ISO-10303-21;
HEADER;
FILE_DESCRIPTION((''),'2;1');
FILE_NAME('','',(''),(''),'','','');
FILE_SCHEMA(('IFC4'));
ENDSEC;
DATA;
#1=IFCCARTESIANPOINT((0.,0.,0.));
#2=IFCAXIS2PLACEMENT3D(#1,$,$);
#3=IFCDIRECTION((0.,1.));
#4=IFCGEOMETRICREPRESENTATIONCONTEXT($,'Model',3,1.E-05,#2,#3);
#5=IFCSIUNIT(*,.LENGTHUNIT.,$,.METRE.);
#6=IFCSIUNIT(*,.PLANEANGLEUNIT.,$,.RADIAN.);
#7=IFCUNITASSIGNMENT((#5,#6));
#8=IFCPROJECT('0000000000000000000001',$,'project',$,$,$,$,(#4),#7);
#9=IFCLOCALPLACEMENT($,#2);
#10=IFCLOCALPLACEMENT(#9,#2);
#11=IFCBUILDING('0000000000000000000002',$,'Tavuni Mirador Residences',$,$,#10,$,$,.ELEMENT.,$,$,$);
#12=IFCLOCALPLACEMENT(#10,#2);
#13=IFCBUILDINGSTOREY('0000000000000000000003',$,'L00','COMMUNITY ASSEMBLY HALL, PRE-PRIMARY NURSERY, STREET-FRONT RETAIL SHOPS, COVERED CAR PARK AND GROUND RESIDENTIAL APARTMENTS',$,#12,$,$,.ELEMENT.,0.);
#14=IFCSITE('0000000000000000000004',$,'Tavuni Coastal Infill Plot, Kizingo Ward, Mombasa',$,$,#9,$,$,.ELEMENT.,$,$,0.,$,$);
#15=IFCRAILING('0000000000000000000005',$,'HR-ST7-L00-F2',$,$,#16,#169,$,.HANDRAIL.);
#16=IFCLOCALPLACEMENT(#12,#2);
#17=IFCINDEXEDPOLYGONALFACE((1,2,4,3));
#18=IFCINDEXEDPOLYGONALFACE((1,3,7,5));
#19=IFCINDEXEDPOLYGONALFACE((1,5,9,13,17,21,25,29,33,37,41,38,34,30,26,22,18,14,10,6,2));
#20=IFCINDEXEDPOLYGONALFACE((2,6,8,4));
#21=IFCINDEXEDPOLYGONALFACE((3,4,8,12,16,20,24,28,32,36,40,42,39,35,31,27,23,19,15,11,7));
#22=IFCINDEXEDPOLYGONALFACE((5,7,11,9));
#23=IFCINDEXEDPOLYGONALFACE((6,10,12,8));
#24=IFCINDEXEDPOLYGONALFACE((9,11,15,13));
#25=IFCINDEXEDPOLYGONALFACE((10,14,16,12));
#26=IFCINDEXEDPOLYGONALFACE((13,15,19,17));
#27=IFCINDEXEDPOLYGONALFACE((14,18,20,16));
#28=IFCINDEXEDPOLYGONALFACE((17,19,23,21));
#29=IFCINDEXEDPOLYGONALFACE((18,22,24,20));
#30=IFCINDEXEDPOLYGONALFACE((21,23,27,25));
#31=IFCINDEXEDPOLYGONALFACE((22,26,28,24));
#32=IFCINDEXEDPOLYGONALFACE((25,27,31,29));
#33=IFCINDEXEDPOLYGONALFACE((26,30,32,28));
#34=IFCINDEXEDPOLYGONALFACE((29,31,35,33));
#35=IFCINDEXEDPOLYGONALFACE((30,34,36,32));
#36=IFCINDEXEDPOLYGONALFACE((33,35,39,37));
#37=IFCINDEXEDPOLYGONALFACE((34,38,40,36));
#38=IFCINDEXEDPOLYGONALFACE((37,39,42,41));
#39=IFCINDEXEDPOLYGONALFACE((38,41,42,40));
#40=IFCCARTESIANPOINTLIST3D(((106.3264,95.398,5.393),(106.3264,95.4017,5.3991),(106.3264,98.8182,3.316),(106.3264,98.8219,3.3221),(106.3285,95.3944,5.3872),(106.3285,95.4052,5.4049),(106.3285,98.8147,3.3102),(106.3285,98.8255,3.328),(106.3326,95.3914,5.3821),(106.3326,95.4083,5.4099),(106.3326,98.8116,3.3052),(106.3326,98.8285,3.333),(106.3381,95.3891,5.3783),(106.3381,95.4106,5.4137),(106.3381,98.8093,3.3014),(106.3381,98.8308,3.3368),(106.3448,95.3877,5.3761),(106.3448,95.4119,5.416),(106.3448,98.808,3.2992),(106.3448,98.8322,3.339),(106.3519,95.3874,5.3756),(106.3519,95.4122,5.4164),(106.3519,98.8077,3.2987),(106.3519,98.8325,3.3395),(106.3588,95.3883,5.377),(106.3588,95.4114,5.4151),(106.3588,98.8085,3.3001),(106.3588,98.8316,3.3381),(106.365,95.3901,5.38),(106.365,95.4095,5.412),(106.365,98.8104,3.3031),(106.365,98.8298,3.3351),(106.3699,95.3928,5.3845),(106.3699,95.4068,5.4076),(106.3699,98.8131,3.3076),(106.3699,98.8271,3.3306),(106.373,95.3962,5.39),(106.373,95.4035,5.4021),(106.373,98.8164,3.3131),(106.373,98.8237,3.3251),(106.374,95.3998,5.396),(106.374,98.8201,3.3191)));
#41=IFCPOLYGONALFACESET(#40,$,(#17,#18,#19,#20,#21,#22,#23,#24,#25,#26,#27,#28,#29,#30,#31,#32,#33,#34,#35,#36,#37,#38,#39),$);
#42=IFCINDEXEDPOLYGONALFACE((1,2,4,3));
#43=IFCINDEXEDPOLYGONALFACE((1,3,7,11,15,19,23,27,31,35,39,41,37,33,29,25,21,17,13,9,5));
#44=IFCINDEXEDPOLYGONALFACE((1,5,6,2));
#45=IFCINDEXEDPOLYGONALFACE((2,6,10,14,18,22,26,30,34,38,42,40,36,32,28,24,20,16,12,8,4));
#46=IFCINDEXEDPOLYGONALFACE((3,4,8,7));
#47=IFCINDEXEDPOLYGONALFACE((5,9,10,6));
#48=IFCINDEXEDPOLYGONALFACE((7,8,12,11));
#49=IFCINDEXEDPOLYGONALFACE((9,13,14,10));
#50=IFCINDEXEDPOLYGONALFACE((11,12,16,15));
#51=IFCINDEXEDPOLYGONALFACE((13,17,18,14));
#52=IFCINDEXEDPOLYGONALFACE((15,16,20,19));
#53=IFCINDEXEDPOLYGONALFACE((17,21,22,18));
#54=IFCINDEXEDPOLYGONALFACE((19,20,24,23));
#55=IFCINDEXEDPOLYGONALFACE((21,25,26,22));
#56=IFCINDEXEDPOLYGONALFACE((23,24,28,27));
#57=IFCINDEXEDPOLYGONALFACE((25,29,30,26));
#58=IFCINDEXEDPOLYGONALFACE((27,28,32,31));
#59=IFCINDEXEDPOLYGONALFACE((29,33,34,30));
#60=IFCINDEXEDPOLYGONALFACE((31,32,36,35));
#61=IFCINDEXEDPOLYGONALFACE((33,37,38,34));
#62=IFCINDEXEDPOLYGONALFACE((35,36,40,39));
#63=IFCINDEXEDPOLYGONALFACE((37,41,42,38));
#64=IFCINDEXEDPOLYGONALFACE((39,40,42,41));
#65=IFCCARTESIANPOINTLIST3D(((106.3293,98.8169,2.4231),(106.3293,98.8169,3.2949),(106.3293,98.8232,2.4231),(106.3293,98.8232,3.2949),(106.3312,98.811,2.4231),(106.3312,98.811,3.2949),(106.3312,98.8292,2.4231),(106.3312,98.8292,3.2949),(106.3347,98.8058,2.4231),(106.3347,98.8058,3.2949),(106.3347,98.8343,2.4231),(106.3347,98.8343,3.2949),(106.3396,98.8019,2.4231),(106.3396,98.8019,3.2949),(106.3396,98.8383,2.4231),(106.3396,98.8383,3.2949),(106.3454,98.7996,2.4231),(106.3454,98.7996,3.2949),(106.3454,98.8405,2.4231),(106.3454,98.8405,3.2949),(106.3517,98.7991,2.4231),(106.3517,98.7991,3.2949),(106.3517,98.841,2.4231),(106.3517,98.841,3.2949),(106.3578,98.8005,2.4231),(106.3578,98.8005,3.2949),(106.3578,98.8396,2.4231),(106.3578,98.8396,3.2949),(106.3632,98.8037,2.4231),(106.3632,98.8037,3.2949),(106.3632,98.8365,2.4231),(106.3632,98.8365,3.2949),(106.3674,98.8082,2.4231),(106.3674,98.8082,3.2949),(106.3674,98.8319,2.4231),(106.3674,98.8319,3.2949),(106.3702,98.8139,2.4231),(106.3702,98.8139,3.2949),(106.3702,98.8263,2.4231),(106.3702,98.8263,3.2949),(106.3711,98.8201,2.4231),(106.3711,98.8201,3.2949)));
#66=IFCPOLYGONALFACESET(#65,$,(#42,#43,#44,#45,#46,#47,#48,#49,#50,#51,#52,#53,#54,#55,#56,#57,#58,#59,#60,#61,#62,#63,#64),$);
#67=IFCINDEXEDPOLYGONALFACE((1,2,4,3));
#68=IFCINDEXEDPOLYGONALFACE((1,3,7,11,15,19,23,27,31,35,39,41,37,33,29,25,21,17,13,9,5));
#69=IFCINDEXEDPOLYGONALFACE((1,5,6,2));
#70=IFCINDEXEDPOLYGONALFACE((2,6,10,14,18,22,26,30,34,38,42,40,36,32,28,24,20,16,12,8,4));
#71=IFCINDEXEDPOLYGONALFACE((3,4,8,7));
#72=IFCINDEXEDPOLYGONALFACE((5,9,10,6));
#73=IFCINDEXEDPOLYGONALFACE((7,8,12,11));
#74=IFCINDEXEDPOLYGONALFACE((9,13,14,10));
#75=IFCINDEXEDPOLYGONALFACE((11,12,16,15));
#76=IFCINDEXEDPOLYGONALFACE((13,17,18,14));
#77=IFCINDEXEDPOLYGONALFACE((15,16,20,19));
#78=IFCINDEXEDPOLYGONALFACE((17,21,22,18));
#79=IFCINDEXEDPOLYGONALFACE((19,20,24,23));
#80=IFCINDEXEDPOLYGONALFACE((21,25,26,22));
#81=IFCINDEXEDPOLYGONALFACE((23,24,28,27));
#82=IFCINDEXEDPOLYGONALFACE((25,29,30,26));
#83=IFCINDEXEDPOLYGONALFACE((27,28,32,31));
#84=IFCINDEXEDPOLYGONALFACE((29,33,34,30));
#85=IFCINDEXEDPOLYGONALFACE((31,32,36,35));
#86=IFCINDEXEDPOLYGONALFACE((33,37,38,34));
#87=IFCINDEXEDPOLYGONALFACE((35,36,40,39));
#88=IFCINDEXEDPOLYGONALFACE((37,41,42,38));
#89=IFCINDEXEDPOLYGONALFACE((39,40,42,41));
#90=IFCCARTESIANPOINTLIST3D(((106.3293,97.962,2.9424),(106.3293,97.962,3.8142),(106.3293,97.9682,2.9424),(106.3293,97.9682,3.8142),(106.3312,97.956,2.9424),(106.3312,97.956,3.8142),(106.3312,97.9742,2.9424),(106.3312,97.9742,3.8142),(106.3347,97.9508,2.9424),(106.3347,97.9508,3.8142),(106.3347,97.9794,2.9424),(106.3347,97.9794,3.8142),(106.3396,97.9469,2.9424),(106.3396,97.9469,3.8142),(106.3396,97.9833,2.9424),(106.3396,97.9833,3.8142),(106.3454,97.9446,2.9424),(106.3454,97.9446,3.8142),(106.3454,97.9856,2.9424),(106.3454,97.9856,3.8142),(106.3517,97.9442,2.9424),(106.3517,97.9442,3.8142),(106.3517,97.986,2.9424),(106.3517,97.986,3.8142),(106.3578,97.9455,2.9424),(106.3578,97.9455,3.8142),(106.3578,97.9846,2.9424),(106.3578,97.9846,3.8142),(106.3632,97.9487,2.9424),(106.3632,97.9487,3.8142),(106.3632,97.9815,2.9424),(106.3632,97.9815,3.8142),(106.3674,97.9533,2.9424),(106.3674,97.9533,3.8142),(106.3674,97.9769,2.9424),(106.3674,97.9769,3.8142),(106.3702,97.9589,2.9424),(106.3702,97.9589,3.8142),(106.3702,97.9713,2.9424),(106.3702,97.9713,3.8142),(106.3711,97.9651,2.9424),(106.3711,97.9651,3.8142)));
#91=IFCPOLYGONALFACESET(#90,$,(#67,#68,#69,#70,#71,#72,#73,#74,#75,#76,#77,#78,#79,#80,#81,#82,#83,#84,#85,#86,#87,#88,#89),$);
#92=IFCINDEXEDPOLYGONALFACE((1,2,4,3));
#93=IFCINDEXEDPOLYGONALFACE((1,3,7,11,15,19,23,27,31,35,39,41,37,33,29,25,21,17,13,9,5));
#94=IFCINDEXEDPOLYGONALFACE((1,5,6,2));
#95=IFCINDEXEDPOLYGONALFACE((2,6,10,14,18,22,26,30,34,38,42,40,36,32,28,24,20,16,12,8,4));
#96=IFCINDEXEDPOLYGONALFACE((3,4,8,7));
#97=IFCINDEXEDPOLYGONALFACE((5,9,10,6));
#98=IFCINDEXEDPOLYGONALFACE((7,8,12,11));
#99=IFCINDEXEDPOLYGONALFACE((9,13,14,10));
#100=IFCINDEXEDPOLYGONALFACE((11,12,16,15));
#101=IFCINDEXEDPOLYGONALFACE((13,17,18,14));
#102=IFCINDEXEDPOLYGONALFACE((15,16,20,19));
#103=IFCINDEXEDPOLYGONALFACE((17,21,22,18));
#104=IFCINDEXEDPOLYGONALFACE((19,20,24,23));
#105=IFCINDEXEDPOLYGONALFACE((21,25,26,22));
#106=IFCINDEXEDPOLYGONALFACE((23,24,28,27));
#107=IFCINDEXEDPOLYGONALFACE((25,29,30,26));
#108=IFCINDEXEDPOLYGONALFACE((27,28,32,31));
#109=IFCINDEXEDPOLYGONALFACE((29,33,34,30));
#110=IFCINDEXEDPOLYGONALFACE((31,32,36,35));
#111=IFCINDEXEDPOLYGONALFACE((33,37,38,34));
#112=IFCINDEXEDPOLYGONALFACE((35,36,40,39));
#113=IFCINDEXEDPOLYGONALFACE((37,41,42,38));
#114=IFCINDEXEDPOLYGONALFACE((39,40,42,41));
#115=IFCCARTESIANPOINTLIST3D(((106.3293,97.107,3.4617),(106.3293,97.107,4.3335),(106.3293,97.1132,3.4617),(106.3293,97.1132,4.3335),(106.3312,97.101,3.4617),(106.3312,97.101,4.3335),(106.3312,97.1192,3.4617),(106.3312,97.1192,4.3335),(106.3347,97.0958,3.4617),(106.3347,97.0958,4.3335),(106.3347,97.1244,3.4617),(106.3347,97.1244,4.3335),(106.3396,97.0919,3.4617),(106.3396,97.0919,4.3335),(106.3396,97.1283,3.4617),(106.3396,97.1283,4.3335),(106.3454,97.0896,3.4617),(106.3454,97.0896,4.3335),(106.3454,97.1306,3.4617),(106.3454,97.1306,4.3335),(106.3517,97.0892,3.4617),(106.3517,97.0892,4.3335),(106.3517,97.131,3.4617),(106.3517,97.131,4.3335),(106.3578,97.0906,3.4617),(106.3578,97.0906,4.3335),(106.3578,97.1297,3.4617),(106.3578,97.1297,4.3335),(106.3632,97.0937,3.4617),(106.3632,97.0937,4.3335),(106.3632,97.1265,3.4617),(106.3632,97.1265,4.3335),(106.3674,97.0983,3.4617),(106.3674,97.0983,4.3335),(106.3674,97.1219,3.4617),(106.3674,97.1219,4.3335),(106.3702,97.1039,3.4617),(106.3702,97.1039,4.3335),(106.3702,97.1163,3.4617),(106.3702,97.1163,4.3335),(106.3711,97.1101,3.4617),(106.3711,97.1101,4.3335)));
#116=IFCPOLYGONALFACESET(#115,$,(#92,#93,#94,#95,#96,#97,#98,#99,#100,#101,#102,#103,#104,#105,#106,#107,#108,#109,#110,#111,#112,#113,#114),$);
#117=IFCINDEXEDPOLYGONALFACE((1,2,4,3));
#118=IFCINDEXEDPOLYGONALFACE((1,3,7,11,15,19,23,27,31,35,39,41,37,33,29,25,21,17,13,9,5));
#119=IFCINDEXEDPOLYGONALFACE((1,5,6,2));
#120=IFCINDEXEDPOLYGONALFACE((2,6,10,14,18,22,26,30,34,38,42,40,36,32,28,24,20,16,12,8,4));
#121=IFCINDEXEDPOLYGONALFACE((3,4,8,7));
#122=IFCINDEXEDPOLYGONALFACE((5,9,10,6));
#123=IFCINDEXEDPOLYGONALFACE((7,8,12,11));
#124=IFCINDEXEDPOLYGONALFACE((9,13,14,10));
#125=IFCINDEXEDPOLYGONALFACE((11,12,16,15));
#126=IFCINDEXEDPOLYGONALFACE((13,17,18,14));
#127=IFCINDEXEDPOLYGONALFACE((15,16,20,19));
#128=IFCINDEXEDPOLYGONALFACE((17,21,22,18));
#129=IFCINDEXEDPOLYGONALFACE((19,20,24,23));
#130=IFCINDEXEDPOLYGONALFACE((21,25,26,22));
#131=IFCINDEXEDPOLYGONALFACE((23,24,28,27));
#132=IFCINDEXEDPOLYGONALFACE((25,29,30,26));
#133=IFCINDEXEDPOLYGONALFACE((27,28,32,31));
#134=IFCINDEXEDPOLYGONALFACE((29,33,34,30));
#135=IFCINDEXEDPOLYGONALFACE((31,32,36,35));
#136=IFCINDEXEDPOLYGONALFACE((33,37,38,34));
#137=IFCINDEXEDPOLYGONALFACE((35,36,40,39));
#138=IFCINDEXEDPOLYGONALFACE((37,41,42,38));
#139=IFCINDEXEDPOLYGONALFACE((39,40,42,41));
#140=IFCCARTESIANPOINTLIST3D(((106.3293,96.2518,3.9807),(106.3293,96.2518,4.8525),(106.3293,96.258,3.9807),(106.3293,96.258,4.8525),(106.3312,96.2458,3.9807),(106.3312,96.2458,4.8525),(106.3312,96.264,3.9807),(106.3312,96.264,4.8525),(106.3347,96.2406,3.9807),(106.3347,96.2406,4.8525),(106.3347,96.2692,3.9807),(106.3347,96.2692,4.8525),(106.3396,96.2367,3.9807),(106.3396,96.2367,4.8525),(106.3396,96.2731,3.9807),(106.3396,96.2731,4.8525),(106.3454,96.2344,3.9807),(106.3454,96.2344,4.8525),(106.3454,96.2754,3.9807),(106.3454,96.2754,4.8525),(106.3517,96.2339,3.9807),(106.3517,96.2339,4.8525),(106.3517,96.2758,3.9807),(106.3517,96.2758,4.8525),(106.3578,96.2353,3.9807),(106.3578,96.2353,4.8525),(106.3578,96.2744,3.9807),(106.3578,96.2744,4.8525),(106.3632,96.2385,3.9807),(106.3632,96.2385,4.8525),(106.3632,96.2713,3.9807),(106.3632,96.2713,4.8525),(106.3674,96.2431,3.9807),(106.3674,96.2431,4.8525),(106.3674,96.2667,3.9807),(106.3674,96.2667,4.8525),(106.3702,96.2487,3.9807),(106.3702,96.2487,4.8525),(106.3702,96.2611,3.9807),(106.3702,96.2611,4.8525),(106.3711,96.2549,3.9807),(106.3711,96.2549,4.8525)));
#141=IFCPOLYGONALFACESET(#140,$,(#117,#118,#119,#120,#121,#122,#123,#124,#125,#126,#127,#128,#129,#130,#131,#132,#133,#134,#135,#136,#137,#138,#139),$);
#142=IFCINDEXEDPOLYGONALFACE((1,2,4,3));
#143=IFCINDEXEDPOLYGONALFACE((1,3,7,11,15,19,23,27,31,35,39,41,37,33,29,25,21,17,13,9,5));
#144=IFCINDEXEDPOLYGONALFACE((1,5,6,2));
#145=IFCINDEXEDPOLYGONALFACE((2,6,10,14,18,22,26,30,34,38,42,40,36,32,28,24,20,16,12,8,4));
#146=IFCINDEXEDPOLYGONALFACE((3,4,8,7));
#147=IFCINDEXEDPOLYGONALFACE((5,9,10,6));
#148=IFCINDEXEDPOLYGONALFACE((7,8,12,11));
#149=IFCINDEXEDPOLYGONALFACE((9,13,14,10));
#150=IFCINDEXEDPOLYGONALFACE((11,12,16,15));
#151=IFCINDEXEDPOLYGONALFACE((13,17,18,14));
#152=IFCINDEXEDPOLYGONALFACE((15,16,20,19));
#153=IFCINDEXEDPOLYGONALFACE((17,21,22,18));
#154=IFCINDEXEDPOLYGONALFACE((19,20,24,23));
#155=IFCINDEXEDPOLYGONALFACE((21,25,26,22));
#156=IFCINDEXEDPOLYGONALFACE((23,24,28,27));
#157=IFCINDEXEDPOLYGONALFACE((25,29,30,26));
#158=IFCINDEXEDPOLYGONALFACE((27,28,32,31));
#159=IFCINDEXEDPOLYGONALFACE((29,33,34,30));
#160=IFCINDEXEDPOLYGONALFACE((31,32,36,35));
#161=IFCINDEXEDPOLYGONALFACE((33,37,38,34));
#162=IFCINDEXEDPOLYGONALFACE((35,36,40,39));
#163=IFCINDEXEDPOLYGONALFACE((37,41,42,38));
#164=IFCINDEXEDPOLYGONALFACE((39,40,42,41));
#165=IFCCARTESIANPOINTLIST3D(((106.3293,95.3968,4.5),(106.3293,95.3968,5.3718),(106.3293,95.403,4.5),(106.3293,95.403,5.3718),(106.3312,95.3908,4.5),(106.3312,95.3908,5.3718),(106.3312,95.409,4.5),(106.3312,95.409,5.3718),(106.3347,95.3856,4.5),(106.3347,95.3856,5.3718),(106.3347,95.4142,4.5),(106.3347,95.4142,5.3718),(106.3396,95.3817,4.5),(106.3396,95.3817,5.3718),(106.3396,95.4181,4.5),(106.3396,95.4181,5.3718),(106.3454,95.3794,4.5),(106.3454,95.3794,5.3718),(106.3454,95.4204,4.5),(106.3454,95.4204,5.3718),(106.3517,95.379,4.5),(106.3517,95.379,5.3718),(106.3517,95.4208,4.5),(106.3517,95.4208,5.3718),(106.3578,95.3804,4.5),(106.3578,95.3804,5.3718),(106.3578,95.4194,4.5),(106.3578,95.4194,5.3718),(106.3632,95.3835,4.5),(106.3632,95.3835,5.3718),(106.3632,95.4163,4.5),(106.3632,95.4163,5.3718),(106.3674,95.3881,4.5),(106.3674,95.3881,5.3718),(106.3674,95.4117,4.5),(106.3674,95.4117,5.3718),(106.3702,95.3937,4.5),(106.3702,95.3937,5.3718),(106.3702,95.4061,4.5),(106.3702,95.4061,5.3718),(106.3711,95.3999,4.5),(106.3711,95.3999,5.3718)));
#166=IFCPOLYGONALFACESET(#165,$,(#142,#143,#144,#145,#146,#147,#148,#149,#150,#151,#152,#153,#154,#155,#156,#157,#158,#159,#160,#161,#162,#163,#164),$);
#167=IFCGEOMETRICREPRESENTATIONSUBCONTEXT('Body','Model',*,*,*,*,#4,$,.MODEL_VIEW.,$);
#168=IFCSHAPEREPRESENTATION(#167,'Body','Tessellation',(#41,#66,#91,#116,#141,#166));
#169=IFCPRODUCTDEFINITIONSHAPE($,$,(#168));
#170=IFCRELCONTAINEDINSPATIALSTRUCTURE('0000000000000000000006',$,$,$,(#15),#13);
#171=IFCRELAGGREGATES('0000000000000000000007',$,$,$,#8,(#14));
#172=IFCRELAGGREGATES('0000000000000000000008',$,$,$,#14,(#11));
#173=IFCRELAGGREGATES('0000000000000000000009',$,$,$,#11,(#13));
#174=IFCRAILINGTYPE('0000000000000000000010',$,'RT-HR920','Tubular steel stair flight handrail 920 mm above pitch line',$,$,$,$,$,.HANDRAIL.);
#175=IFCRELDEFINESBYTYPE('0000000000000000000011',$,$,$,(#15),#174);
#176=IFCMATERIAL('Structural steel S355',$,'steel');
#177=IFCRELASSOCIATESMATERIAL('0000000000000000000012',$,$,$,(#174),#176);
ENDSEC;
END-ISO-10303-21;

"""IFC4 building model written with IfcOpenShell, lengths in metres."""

from ifc_helpers import new_model, si_unit, direction, frame, origin, origin_2d, place, context, subcontext, project, spatial, circle, extrude, material, type_object, element, save


model = new_model("IFC4")

# Units and contexts
model_context = context("Model", 3, precision=1e-05, world=origin(), true_north=direction((0.0, 1.0)))
body_context = subcontext(model_context, "Body", "Model", "MODEL_VIEW")
ifc_project = project(units=[si_unit("LENGTHUNIT", "METRE"), si_unit("PLANEANGLEUNIT", "RADIAN")], contexts=[model_context])

# Site, building, storey
site_placement = place(None, origin())
site = spatial("IfcSite", under=ifc_project, at=site_placement, Name="Tavuni Coastal Infill Plot, Kizingo Ward, Mombasa", CompositionType="ELEMENT", RefElevation=0.0)
building_placement = place(site_placement, origin())
building = spatial("IfcBuilding", under=site, at=building_placement, Name="Tavuni Mirador Residences", CompositionType="ELEMENT")
storey_placement = place(building_placement, origin())
storey = spatial("IfcBuildingStorey", under=building, at=storey_placement, Name="L00", Description="COMMUNITY ASSEMBLY HALL, PRE-PRIMARY NURSERY, STREET-FRONT RETAIL SHOPS, COVERED CAR PARK AND GROUND RESIDENTIAL APARTMENTS", CompositionType="ELEMENT", Elevation=0.0)

# Shared definitions
ifc_material_1 = material(Name="Structural steel S355", Category="steel")

# Railing
railing_type_1 = type_object("IfcRailingType", Name="RT-HR920", Description="Tubular steel stair flight handrail 920 mm above pitch line", PredefinedType="HANDRAIL", material=ifc_material_1)
railing_1_placement = place(storey_placement, frame((106.3501, 98.8201, 2.4231)))
element("IfcRailing", 1, at=railing_1_placement, inside=storey, type_object=railing_type_1, Name="HR-ST7-L00-F2", PredefinedType="HANDRAIL", context=body_context, shape_type="SweptSolid", body=[
    extrude(circle(Radius=0.0239, at=origin_2d()), frame((0.0, 0.0, 0.896), z_axis=(0.0, -0.854746, 0.519047), x_axis=(1.0, 0.0, 0.0)), (0.0, 0.0, 1.0), 4.0015),
    extrude(circle(Radius=0.021, at=origin_2d()), origin(), (0.0, 0.0, 1.0), 0.8718),
    extrude(circle(Radius=0.021, at=origin_2d()), frame((0.0, -0.855, 0.5193)), (0.0, 0.0, 1.0), 0.8718),
    extrude(circle(Radius=0.021, at=origin_2d()), frame((0.0, -1.71, 1.0386)), (0.0, 0.0, 1.0), 0.8718),
    extrude(circle(Radius=0.021, at=origin_2d()), frame((0.0, -2.5652, 1.5576)), (0.0, 0.0, 1.0), 0.8718),
    extrude(circle(Radius=0.021, at=origin_2d()), frame((0.0, -3.4202, 2.0769)), (0.0, 0.0, 1.0), 0.8718),
])

save(model, "model.ifc")
